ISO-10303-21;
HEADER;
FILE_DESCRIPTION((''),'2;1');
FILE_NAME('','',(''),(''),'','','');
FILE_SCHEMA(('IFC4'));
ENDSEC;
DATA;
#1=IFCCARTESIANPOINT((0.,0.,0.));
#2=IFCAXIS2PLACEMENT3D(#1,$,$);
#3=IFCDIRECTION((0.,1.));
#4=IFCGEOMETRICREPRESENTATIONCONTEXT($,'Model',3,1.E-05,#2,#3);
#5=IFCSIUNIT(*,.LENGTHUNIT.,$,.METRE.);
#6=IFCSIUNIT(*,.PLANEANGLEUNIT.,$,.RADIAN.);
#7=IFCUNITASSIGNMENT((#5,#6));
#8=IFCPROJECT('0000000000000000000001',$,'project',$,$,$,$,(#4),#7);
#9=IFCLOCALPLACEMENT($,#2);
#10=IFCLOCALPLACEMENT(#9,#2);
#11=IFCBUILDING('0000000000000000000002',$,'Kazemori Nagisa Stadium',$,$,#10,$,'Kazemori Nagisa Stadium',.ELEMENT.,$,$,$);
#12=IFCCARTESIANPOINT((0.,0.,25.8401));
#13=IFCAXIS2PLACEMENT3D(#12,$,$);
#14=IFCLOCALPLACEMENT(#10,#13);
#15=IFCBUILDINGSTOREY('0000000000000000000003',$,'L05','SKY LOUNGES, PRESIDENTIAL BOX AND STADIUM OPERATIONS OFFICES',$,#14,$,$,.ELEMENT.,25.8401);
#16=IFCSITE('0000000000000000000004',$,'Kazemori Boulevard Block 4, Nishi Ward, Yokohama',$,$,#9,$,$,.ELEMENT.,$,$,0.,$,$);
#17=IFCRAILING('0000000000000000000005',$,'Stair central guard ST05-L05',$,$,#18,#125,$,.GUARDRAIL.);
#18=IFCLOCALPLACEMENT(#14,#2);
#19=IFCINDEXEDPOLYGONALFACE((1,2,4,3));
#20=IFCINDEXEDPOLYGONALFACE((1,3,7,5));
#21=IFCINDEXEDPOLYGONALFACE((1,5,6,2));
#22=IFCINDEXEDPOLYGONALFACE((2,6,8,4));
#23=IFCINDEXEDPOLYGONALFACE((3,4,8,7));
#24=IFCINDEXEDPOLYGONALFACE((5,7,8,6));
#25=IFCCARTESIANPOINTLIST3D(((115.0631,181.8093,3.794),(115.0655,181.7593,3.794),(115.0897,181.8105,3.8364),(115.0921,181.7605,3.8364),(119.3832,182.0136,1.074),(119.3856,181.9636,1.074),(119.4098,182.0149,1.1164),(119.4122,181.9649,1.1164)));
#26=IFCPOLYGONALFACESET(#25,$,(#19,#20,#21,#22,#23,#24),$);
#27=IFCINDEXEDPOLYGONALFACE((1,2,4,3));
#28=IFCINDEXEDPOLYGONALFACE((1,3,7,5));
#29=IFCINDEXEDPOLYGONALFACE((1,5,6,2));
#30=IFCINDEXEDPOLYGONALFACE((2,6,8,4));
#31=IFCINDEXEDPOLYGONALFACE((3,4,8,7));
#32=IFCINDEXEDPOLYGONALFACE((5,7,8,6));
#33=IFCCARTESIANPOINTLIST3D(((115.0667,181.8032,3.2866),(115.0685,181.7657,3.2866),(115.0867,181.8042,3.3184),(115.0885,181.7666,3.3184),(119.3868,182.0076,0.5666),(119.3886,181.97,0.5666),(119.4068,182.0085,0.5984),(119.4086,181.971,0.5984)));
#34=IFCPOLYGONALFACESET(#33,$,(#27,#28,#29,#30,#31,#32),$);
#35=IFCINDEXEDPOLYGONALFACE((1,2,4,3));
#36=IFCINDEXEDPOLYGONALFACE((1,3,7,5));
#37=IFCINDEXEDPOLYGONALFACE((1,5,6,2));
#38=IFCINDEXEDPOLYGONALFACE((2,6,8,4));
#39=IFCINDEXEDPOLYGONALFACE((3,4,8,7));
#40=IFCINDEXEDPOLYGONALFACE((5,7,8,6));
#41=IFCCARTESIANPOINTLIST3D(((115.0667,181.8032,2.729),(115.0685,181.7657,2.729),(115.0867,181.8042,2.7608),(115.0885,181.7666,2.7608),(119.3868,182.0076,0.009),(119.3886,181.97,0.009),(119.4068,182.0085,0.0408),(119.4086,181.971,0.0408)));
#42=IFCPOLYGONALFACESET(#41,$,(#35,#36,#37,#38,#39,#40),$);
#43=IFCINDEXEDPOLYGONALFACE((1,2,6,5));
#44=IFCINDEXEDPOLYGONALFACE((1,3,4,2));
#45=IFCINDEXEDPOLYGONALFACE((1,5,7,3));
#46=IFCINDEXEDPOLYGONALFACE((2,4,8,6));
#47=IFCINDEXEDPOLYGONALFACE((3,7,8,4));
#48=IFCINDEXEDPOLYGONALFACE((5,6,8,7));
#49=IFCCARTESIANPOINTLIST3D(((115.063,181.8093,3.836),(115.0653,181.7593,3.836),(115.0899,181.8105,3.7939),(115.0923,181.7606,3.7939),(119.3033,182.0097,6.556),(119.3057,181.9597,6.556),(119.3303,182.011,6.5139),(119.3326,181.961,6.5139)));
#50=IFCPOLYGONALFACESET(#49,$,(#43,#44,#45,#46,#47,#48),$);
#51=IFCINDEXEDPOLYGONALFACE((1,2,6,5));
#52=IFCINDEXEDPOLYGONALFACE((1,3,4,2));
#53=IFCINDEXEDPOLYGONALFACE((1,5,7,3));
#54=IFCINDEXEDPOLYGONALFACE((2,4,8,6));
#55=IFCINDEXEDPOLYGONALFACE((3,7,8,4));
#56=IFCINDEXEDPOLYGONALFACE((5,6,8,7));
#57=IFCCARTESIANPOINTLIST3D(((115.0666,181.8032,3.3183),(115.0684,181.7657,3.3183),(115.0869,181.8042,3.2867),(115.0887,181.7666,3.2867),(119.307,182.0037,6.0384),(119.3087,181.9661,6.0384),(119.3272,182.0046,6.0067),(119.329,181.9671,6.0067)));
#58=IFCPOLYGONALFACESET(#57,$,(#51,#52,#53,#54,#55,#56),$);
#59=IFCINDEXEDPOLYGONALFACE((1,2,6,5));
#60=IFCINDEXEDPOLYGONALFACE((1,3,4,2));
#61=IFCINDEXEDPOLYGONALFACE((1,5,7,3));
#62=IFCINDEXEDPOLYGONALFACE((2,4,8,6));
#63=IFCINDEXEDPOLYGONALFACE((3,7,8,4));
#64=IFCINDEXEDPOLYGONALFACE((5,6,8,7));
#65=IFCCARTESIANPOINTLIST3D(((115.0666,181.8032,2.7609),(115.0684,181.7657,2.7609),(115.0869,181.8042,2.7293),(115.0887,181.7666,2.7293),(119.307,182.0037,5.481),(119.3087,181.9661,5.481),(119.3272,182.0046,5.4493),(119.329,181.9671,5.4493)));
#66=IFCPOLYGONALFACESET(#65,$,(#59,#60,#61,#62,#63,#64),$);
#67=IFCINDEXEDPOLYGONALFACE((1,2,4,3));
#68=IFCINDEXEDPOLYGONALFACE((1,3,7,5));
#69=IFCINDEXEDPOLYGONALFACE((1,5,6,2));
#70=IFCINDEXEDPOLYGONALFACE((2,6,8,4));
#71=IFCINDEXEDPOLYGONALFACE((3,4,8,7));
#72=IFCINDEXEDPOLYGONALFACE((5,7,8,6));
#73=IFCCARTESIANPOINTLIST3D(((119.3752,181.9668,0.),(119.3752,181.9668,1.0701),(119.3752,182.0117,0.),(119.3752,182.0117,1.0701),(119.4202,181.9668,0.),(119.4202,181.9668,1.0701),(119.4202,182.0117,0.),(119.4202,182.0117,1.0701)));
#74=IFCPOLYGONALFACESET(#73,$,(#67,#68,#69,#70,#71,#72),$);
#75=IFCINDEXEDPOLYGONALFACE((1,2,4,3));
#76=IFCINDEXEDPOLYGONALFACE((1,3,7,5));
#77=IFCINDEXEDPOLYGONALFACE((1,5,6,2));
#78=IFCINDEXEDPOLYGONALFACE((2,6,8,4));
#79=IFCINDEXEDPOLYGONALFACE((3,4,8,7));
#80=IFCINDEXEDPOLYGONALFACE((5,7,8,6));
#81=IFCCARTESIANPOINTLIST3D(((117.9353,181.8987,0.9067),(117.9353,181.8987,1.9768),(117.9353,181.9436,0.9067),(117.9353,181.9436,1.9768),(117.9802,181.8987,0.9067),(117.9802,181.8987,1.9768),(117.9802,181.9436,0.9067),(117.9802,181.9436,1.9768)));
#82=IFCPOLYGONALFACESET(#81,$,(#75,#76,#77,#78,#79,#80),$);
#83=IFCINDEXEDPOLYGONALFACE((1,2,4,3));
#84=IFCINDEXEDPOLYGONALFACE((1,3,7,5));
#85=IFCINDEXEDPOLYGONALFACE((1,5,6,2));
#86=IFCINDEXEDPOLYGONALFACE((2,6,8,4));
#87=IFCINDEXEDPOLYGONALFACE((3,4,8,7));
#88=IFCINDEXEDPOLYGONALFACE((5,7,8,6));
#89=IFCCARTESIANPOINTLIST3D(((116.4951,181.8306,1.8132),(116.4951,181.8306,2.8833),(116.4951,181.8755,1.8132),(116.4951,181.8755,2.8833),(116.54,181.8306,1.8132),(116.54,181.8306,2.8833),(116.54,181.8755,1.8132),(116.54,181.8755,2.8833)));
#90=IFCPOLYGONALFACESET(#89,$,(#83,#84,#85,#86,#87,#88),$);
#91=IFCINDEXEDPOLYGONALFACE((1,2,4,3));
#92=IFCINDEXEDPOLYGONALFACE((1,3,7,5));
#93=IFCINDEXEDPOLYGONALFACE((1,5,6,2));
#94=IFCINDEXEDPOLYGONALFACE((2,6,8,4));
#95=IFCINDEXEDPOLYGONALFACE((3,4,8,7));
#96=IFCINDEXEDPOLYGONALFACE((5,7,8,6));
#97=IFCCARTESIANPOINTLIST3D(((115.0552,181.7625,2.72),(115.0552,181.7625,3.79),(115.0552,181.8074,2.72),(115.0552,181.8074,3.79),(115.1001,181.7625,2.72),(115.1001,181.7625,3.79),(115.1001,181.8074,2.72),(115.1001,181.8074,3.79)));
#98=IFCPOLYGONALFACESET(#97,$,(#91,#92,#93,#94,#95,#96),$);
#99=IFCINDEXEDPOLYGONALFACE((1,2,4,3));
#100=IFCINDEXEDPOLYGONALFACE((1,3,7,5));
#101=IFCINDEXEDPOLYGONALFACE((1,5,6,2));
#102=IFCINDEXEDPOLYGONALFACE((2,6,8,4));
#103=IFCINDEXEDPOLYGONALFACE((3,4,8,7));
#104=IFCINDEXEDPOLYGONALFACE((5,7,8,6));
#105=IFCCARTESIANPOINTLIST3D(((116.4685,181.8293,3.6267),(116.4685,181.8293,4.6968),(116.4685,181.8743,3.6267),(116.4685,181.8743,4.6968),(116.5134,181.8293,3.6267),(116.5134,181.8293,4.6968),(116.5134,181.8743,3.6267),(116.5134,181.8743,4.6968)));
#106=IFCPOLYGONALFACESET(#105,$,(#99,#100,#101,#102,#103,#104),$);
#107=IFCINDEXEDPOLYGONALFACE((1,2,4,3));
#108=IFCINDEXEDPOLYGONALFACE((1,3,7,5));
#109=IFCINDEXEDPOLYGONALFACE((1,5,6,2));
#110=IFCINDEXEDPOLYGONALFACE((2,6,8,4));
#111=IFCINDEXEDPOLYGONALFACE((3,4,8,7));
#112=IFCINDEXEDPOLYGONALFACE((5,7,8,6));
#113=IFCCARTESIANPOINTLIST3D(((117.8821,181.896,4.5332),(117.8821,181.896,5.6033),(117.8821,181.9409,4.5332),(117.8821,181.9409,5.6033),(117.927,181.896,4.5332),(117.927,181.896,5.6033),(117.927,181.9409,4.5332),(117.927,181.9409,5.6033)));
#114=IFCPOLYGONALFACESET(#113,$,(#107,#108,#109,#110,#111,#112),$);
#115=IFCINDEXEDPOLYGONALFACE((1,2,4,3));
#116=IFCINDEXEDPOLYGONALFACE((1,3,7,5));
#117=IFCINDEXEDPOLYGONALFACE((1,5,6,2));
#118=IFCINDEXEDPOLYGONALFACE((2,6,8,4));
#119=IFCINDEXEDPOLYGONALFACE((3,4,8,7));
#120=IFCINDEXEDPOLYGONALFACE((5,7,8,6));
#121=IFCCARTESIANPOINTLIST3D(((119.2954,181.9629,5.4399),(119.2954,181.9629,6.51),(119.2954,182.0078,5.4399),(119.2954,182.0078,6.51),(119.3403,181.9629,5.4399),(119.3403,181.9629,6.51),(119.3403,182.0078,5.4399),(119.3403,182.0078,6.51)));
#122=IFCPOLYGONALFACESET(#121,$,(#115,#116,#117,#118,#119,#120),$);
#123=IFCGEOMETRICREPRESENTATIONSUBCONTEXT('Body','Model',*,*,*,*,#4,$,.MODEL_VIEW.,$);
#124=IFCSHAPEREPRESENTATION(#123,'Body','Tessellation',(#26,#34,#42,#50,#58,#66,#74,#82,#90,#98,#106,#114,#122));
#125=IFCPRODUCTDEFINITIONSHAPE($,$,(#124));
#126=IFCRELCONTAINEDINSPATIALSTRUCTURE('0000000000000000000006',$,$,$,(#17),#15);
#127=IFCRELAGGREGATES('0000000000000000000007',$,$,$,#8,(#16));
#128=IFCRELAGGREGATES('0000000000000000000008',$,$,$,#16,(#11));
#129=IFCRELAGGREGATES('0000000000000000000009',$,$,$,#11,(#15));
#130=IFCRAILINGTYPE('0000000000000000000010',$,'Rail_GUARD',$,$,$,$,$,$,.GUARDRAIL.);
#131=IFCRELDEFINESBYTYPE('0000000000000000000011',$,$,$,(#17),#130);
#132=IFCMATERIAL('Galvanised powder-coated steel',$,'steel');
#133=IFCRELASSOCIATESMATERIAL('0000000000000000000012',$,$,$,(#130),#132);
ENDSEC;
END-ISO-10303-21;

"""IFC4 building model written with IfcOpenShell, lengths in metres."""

from ifc_helpers import new_model, si_unit, direction, frame, origin, origin_2d, place, context, subcontext, project, spatial, rectangle, extrude, material, type_object, element, save


model = new_model("IFC4")

# Units and contexts
model_context = context("Model", 3, precision=1e-05, world=origin(), true_north=direction((0.0, 1.0)))
body_context = subcontext(model_context, "Body", "Model", "MODEL_VIEW")
ifc_project = project(units=[si_unit("LENGTHUNIT", "METRE"), si_unit("PLANEANGLEUNIT", "RADIAN")], contexts=[model_context])

# Site, building, storey
site_placement = place(None, origin())
site = spatial("IfcSite", under=ifc_project, at=site_placement, Name="Kazemori Boulevard Block 4, Nishi Ward, Yokohama", CompositionType="ELEMENT", RefElevation=0.0)
building_placement = place(site_placement, origin())
building = spatial("IfcBuilding", under=site, at=building_placement, Name="Kazemori Nagisa Stadium", LongName="Kazemori Nagisa Stadium", CompositionType="ELEMENT")
storey_placement = place(building_placement, frame((0.0, 0.0, 25.8401)))
storey = spatial("IfcBuildingStorey", under=building, at=storey_placement, Name="L05", Description="SKY LOUNGES, PRESIDENTIAL BOX AND STADIUM OPERATIONS OFFICES", CompositionType="ELEMENT", Elevation=25.8401)

# Railing
ifc_material_1 = material(Name="Galvanised powder-coated steel", Category="steel")
railing_type_1 = type_object("IfcRailingType", Name="Rail_GUARD", PredefinedType="GUARDRAIL", material=ifc_material_1)
railing_1_placement = place(storey_placement, frame((119.3977, 181.9893, 0.0)))
element("IfcRailing", 1, at=railing_1_placement, inside=storey, type_object=railing_type_1, Name="Stair central guard ST05-L05", PredefinedType="GUARDRAIL", context=body_context, shape_type="SweptSolid", body=[
    extrude(rectangle(XDim=0.05, YDim=0.05, at=origin_2d()), frame((0.0, 0.0, 1.0952), z_axis=(-0.845562, -0.039996, 0.532377), x_axis=(0.047249, -0.998883, 0.0)), (0.0, 0.0, 1.0), 5.1091),
    extrude(rectangle(XDim=0.0376, YDim=0.0376, at=origin_2d()), frame((0.0, 0.0, 0.5825), z_axis=(-0.845562, -0.039996, 0.532377), x_axis=(0.047249, -0.998883, 0.0)), (0.0, 0.0, 1.0), 5.1091),
    extrude(rectangle(XDim=0.0376, YDim=0.0376, at=origin_2d()), frame((0.0, 0.0, 0.0249), z_axis=(-0.845562, -0.039996, 0.532377), x_axis=(0.047249, -0.998883, 0.0)), (0.0, 0.0, 1.0), 5.1091),
    extrude(rectangle(XDim=0.05, YDim=0.05, at=origin_2d()), frame((-4.3201, -0.2043, 3.8149), z_axis=(0.841045, 0.039757, 0.539503), x_axis=(-0.047218, 0.998885, 0.0)), (0.0, 0.0, 1.0), 5.0417),
    extrude(rectangle(XDim=0.0376, YDim=0.0376, at=origin_2d()), frame((-4.3201, -0.2043, 3.3025), z_axis=(0.841045, 0.039757, 0.539503), x_axis=(-0.047218, 0.998885, 0.0)), (0.0, 0.0, 1.0), 5.0417),
    extrude(rectangle(XDim=0.0376, YDim=0.0376, at=origin_2d()), frame((-4.3201, -0.2043, 2.7451), z_axis=(0.841045, 0.039757, 0.539503), x_axis=(-0.047218, 0.998885, 0.0)), (0.0, 0.0, 1.0), 5.0417),
    extrude(rectangle(XDim=0.0449, YDim=0.0449, at=origin_2d()), origin(), (0.0, 0.0, 1.0), 1.0701),
    extrude(rectangle(XDim=0.0449, YDim=0.0449, at=origin_2d()), frame((-1.4399, -0.0681, 0.9067)), (0.0, 0.0, 1.0), 1.0701),
    extrude(rectangle(XDim=0.0449, YDim=0.0449, at=origin_2d()), frame((-2.8801, -0.1362, 1.8132)), (0.0, 0.0, 1.0), 1.0701),
    extrude(rectangle(XDim=0.0449, YDim=0.0449, at=origin_2d()), frame((-4.3201, -0.2043, 2.72)), (0.0, 0.0, 1.0), 1.0701),
    extrude(rectangle(XDim=0.0449, YDim=0.0449, at=origin_2d()), frame((-2.9067, -0.1375, 3.6267)), (0.0, 0.0, 1.0), 1.0701),
    extrude(rectangle(XDim=0.0449, YDim=0.0449, at=origin_2d()), frame((-1.4932, -0.0708, 4.5332)), (0.0, 0.0, 1.0), 1.0701),
    extrude(rectangle(XDim=0.0449, YDim=0.0449, at=origin_2d()), frame((-0.0798, -0.0039, 5.4399)), (0.0, 0.0, 1.0), 1.0701),
])

save(model, "model.ifc")
